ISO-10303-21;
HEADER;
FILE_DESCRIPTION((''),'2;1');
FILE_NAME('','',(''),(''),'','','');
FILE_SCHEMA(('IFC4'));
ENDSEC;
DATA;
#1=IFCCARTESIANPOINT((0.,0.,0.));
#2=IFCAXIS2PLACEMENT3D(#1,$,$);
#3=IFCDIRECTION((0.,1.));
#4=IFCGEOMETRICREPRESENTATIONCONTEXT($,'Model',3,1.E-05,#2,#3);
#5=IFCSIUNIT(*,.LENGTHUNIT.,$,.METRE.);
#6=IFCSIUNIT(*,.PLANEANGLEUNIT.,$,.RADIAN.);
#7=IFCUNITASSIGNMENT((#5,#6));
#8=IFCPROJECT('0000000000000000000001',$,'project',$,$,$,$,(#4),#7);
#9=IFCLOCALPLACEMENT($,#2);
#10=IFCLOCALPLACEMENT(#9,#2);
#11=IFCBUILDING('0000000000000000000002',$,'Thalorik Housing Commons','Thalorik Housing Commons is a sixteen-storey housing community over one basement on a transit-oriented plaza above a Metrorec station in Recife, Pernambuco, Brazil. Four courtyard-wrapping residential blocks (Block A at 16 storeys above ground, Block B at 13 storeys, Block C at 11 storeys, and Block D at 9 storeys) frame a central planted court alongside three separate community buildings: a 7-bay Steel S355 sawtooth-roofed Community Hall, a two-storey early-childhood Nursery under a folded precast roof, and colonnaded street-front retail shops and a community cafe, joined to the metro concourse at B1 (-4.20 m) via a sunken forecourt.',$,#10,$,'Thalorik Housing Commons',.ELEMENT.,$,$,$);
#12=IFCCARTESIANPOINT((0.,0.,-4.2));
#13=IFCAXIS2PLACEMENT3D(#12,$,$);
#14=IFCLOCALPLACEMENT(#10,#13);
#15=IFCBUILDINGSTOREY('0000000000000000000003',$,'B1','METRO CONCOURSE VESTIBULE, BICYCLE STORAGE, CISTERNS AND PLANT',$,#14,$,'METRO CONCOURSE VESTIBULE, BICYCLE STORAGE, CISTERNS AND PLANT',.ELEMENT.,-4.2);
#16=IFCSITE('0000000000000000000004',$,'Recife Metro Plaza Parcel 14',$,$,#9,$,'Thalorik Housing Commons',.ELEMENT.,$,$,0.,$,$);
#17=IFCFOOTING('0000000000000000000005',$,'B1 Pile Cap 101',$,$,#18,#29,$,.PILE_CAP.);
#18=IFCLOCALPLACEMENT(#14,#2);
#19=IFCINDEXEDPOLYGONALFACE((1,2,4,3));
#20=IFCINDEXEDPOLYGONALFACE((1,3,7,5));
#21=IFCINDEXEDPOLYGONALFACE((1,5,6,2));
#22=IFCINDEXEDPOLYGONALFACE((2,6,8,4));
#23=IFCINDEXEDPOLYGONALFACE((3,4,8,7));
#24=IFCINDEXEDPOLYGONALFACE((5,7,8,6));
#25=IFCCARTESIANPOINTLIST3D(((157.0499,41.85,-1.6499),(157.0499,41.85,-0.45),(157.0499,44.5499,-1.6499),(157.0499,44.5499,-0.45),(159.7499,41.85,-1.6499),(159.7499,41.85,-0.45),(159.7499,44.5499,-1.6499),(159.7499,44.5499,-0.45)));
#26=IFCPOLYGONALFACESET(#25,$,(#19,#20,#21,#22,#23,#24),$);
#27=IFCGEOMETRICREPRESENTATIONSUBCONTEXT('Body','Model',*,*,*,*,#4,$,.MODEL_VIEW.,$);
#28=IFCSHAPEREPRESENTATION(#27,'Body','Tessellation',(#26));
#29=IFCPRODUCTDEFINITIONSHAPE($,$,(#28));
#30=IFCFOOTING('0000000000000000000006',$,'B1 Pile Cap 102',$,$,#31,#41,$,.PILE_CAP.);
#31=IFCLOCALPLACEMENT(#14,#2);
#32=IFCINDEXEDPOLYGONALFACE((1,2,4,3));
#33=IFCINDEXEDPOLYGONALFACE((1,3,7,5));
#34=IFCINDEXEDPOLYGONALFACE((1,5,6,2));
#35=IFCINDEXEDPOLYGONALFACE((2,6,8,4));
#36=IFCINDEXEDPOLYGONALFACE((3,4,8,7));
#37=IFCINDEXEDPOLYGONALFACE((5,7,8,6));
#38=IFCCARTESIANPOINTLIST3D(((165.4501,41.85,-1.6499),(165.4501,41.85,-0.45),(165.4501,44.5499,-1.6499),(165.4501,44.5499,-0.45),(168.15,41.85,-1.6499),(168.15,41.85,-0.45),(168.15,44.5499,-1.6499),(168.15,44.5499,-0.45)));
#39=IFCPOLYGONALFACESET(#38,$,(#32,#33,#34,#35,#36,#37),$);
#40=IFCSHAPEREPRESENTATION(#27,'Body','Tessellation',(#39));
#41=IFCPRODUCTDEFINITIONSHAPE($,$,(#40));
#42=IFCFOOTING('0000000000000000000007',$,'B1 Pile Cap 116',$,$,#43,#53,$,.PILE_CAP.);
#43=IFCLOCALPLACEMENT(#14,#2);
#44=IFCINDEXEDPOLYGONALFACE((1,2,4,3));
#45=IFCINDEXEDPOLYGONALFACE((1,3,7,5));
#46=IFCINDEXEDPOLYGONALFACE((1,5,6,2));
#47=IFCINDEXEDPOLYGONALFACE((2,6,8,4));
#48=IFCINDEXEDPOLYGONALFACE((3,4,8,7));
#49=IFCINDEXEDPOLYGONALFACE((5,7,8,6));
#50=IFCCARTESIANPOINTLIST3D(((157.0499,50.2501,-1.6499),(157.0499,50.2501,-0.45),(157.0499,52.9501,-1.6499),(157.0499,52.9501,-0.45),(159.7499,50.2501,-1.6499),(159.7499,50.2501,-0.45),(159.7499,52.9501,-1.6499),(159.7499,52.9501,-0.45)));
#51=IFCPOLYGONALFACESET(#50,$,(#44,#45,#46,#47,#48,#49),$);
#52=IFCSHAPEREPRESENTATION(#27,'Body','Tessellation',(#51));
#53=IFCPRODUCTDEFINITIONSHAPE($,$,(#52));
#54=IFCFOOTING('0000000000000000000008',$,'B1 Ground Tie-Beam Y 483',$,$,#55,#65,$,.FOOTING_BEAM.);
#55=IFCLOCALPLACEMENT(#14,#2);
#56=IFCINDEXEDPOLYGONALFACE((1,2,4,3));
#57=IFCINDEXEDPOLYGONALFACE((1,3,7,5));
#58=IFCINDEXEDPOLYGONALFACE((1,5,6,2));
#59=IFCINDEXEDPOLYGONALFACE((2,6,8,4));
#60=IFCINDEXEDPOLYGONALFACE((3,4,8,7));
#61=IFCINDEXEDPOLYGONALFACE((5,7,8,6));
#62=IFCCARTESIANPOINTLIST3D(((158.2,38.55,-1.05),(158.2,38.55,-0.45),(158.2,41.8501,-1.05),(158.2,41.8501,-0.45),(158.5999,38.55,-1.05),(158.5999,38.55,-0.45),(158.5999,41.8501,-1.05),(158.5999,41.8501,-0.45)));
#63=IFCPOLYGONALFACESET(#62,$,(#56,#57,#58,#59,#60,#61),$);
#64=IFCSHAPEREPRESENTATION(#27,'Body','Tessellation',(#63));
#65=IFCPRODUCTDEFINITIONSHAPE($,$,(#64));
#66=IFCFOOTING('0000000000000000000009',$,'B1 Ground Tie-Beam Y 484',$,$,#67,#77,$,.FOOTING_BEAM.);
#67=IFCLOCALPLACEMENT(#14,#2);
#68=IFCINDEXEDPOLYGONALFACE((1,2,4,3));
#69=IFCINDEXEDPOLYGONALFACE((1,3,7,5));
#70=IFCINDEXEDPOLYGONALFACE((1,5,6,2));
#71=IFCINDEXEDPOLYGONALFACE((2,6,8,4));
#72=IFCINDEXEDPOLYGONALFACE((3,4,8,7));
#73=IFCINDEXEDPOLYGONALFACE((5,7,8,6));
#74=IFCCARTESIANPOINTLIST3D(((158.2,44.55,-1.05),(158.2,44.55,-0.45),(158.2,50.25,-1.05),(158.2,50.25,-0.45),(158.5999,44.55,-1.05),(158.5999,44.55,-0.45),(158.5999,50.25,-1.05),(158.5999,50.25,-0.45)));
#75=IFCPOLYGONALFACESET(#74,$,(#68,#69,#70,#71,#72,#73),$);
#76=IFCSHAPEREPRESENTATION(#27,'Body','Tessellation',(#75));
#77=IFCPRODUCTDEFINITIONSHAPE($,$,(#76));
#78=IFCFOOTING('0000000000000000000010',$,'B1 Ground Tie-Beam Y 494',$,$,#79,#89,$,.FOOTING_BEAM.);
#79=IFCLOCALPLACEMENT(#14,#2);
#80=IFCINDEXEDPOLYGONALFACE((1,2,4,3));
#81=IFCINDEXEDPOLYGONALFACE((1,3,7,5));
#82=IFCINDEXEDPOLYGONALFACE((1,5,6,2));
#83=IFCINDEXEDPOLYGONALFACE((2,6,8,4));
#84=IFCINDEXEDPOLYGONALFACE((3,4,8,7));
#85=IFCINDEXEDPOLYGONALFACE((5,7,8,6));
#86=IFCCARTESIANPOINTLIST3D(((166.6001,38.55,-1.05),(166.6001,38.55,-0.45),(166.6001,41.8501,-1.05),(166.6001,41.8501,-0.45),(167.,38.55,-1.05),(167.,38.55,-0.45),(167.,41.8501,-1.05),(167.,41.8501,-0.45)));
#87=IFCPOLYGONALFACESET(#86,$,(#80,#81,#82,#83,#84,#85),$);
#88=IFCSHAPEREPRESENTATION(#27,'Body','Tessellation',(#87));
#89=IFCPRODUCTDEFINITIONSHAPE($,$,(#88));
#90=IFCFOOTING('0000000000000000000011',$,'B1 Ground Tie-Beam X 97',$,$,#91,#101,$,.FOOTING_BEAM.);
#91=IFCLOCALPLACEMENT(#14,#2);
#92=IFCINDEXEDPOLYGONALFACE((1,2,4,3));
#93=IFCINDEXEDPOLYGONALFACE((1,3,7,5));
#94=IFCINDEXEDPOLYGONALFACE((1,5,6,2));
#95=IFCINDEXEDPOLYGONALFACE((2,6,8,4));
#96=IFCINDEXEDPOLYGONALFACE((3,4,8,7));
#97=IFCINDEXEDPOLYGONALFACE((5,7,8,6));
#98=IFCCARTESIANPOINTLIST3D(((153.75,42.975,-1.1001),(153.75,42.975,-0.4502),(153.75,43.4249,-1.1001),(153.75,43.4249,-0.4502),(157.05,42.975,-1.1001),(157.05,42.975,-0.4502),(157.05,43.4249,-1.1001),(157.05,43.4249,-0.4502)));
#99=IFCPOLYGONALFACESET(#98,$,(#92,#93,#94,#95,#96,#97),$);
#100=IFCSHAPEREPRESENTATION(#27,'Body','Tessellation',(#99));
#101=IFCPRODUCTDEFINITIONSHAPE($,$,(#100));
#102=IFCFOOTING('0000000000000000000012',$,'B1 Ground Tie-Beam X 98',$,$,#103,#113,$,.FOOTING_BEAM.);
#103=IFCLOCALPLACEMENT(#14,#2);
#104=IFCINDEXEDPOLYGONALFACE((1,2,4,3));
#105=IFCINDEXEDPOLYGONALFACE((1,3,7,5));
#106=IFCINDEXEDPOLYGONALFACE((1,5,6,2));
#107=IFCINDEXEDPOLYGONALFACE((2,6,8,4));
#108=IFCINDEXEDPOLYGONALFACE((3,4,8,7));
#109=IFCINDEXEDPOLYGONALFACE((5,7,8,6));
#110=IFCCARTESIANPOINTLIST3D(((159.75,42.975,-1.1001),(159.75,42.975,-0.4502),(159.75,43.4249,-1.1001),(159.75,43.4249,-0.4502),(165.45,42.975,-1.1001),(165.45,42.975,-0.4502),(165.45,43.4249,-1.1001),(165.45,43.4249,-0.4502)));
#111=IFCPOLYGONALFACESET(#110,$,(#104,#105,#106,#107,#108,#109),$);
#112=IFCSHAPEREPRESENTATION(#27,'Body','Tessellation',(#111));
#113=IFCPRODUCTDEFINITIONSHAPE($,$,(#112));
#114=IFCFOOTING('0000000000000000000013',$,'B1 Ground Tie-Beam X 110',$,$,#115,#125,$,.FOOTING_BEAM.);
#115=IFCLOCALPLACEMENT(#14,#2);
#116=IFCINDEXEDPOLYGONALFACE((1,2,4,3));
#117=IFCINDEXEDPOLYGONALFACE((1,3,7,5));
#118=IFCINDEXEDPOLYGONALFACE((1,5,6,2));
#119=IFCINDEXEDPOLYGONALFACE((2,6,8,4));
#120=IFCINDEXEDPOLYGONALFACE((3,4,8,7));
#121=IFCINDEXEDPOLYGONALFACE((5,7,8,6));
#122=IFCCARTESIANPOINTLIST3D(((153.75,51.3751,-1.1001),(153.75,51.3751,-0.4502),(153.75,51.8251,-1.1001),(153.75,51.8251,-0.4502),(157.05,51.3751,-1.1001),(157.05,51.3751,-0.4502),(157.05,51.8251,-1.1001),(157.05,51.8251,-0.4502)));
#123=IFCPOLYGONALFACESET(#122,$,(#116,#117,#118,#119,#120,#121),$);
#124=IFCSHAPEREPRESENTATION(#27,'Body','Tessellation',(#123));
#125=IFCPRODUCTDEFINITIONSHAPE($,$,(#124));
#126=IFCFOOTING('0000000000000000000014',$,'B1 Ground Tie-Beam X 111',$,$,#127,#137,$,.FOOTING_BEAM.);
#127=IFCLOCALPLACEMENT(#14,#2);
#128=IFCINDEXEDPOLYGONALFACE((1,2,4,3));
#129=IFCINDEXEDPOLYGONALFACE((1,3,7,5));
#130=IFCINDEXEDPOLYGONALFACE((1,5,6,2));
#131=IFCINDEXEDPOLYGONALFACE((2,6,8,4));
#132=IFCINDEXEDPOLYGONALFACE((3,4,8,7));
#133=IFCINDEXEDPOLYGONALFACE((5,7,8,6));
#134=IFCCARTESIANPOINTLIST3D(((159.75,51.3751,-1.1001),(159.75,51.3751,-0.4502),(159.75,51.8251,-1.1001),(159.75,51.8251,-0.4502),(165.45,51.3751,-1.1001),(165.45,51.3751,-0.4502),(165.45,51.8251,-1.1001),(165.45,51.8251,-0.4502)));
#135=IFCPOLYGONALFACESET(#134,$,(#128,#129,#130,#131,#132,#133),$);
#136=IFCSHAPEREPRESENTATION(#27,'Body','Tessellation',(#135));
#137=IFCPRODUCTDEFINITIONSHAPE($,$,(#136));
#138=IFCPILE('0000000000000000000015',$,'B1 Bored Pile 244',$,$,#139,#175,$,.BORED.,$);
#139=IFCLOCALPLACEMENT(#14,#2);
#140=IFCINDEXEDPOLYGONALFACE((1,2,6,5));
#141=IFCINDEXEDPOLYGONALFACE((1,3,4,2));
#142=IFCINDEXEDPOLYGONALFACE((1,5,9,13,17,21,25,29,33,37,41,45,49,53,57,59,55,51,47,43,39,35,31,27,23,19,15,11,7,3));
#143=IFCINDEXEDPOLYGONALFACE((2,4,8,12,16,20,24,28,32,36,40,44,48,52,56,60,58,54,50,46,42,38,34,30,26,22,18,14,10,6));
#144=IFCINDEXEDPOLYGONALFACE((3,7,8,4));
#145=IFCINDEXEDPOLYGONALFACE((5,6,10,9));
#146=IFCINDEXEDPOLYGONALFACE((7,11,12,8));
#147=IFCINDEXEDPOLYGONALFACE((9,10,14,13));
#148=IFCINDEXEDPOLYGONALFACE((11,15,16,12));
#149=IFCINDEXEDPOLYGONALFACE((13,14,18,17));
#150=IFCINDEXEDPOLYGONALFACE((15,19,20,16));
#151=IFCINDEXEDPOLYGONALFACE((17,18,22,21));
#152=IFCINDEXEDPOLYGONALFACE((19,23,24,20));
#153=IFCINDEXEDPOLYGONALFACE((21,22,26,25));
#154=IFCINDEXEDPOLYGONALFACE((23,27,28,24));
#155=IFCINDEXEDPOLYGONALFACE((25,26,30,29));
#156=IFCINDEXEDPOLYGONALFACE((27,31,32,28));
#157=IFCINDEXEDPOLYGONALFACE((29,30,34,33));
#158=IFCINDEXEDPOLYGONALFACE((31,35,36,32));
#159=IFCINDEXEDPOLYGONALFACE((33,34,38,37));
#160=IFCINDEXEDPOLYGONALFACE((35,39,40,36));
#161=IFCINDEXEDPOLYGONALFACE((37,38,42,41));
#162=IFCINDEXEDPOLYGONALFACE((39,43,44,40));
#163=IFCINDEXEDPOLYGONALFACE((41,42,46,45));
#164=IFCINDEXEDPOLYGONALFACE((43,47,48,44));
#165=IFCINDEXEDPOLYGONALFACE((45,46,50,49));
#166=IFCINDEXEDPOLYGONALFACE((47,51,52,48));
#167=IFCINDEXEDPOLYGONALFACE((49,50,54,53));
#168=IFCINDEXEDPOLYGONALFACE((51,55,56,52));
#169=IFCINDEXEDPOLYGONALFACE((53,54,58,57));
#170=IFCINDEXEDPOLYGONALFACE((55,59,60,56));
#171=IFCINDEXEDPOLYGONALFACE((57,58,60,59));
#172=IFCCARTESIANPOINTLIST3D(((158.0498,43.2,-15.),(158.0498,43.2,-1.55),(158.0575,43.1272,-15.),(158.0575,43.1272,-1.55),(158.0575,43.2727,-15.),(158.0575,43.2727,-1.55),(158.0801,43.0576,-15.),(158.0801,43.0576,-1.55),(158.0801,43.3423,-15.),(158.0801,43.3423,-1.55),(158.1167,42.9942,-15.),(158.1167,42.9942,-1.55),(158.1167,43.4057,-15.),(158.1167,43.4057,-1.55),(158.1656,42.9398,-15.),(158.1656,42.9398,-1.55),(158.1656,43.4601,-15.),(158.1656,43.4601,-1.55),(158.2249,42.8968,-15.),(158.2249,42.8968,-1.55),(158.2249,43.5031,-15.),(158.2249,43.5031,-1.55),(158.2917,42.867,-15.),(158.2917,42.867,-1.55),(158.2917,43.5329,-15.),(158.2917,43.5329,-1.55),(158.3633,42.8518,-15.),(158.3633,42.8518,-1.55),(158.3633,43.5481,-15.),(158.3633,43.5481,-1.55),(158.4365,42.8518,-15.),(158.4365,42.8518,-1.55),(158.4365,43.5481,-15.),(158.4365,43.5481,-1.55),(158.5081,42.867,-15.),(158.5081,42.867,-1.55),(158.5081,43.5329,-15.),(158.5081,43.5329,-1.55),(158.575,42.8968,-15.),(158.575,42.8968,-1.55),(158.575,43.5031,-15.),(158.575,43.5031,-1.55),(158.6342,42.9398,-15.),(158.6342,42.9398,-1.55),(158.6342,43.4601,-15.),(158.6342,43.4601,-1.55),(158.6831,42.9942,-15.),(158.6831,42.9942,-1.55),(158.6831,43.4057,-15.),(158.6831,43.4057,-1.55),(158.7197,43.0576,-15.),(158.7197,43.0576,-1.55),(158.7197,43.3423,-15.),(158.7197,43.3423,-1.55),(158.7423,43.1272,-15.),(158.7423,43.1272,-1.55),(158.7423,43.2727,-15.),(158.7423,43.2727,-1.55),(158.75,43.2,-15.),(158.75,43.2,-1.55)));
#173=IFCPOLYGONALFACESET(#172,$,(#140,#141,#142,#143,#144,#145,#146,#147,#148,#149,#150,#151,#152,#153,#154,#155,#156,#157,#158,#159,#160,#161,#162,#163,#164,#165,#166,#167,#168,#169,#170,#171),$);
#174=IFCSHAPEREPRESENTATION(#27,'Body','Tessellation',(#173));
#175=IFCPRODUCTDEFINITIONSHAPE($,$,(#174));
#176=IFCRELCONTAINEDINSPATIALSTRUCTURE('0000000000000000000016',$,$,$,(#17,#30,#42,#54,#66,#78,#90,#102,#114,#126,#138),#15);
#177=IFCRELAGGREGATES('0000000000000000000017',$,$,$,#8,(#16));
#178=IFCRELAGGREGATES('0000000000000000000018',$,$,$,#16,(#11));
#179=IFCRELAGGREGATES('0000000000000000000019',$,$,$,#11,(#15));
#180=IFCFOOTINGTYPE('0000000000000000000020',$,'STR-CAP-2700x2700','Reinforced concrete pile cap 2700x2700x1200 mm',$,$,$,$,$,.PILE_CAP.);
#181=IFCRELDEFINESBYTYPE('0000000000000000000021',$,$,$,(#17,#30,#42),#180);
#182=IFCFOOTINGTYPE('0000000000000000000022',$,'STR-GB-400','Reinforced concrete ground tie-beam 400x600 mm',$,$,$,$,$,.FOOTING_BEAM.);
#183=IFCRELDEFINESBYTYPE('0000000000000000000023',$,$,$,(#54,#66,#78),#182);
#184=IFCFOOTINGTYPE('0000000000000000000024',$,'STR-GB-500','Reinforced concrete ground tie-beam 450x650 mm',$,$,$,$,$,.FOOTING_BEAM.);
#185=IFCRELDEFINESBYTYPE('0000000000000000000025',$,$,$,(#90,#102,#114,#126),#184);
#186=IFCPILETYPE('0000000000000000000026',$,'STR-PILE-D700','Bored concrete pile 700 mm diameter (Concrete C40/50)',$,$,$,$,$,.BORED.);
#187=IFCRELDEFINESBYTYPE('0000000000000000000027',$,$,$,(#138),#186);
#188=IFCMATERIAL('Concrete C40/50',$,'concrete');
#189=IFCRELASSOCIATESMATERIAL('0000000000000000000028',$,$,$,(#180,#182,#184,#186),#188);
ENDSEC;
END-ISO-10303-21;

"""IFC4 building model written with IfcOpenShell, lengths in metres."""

from ifc_helpers import new_model, si_unit, direction, frame, origin, origin_2d, place, context, subcontext, project, spatial, rectangle, circle, extrude, material, material_profile, profile_set, type_object, element, save


model = new_model("IFC4")

# Units and contexts
model_context = context("Model", 3, precision=1e-05, world=origin(), true_north=direction((0.0, 1.0)))
body_context = subcontext(model_context, "Body", "Model", "MODEL_VIEW")
ifc_project = project(units=[si_unit("LENGTHUNIT", "METRE"), si_unit("PLANEANGLEUNIT", "RADIAN")], contexts=[model_context])

# Site, building, storey
site_placement = place(None, origin())
site = spatial("IfcSite", under=ifc_project, at=site_placement, Name="Recife Metro Plaza Parcel 14", LongName="Thalorik Housing Commons", CompositionType="ELEMENT", RefElevation=0.0)
building_placement = place(site_placement, origin())
building = spatial("IfcBuilding", under=site, at=building_placement, Name="Thalorik Housing Commons", Description="Thalorik Housing Commons is a sixteen-storey housing community over one basement on a transit-oriented plaza above a Metrorec station in Recife, Pernambuco, Brazil. Four courtyard-wrapping residential blocks (Block A at 16 storeys above ground, Block B at 13 storeys, Block C at 11 storeys, and Block D at 9 storeys) frame a central planted court alongside three separate community buildings: a 7-bay Steel S355 sawtooth-roofed Community Hall, a two-storey early-childhood Nursery under a folded precast roof, and colonnaded street-front retail shops and a community cafe, joined to the metro concourse at B1 (-4.20 m) via a sunken forecourt.", LongName="Thalorik Housing Commons", CompositionType="ELEMENT")
storey_placement = place(building_placement, frame((0.0, 0.0, -4.2)))
storey = spatial("IfcBuildingStorey", under=building, at=storey_placement, Name="B1", Description="METRO CONCOURSE VESTIBULE, BICYCLE STORAGE, CISTERNS AND PLANT", LongName="METRO CONCOURSE VESTIBULE, BICYCLE STORAGE, CISTERNS AND PLANT", CompositionType="ELEMENT", Elevation=-4.2)

# Footings
ifc_material_1 = material(Name="Concrete C40/50", Category="concrete")
footing_type_1 = type_object("IfcFootingType", Name="STR-CAP-2700x2700", Description="Reinforced concrete pile cap 2700x2700x1200 mm", PredefinedType="PILE_CAP", material=ifc_material_1)
for number, where, z_axis, x_axis, name in (
    (1, (158.3999, 43.2, -1.6499), (0.0, 0.0, 1.0), (1.0, 0.0, 0.0), "B1 Pile Cap 101"),
    (2, (166.8, 43.2, -1.6499), (0.0, 0.0, 1.0), (1.0, 0.0, 0.0), "B1 Pile Cap 102"),
    (3, (158.3999, 51.6001, -1.6499), (0.0, 0.0, 1.0), (1.0, 0.0, 0.0), "B1 Pile Cap 116"),
):
    element("IfcFooting", number, at=place(storey_placement, frame(where, z_axis=z_axis, x_axis=x_axis)), inside=storey, type_object=footing_type_1, Name=name, PredefinedType="PILE_CAP", context=body_context, shape_type="SweptSolid", body=[
        extrude(rectangle(XDim=2.7, YDim=2.7, at=origin_2d()), origin(), (0.0, 0.0, 1.0), 1.2),
    ])
ifc_material_profile_1 = material_profile(ifc_material_1, rectangle(XDim=0.3999, YDim=0.6001, at=origin_2d()), Name="RC 400x600", Category="concrete")
ifc_profile_set_1 = profile_set([ifc_material_profile_1], Name="Concrete C40/50")
footing_type_2 = type_object("IfcFootingType", Name="STR-GB-400", Description="Reinforced concrete ground tie-beam 400x600 mm", PredefinedType="FOOTING_BEAM", material=ifc_profile_set_1)
footing_1_placement = place(storey_placement, frame((158.3999, 38.55, -0.75), z_axis=(0.0, 1.0, 0.0), x_axis=(-1.0, 0.0, 0.0)))
element("IfcFooting", 4, at=footing_1_placement, inside=storey, type_object=footing_type_2, Name="B1 Ground Tie-Beam Y 483", PredefinedType="FOOTING_BEAM", context=body_context, shape_type="SweptSolid", body=[
    extrude(rectangle(XDim=0.3999, YDim=0.6001, at=origin_2d()), origin(), (0.0, 0.0, 1.0), 3.3),
])
footing_2_placement = place(storey_placement, frame((158.3999, 44.55, -0.75), z_axis=(0.0, 1.0, 0.0), x_axis=(-1.0, 0.0, 0.0)))
element("IfcFooting", 5, at=footing_2_placement, inside=storey, type_object=footing_type_2, Name="B1 Ground Tie-Beam Y 484", PredefinedType="FOOTING_BEAM", context=body_context, shape_type="SweptSolid", body=[
    extrude(rectangle(XDim=0.3999, YDim=0.6001, at=origin_2d()), origin(), (0.0, 0.0, 1.0), 5.7),
])
footing_3_placement = place(storey_placement, frame((166.8, 38.55, -0.75), z_axis=(0.0, 1.0, 0.0), x_axis=(-1.0, 0.0, 0.0)))
element("IfcFooting", 6, at=footing_3_placement, inside=storey, type_object=footing_type_2, Name="B1 Ground Tie-Beam Y 494", PredefinedType="FOOTING_BEAM", context=body_context, shape_type="SweptSolid", body=[
    extrude(rectangle(XDim=0.3999, YDim=0.6001, at=origin_2d()), origin(), (0.0, 0.0, 1.0), 3.3),
])
ifc_material_profile_2 = material_profile(ifc_material_1, rectangle(XDim=0.45, YDim=0.6499, at=origin_2d()), Name="RC 450x650", Category="concrete")
ifc_profile_set_2 = profile_set([ifc_material_profile_2], Name="Concrete C40/50")
footing_type_3 = type_object("IfcFootingType", Name="STR-GB-500", Description="Reinforced concrete ground tie-beam 450x650 mm", PredefinedType="FOOTING_BEAM", material=ifc_profile_set_2)
footing_4_placement = place(storey_placement, frame((153.75, 43.2, -0.7751), z_axis=(1.0, 0.0, 0.0), x_axis=(0.0, 1.0, 0.0)))
element("IfcFooting", 7, at=footing_4_placement, inside=storey, type_object=footing_type_3, Name="B1 Ground Tie-Beam X 97", PredefinedType="FOOTING_BEAM", context=body_context, shape_type="SweptSolid", body=[
    extrude(rectangle(XDim=0.45, YDim=0.6499, at=origin_2d()), origin(), (0.0, 0.0, 1.0), 3.3),
])
footing_5_placement = place(storey_placement, frame((159.75, 43.2, -0.7751), z_axis=(1.0, 0.0, 0.0), x_axis=(0.0, 1.0, 0.0)))
element("IfcFooting", 8, at=footing_5_placement, inside=storey, type_object=footing_type_3, Name="B1 Ground Tie-Beam X 98", PredefinedType="FOOTING_BEAM", context=body_context, shape_type="SweptSolid", body=[
    extrude(rectangle(XDim=0.45, YDim=0.6499, at=origin_2d()), origin(), (0.0, 0.0, 1.0), 5.7),
])
footing_6_placement = place(storey_placement, frame((153.75, 51.6001, -0.7751), z_axis=(1.0, 0.0, 0.0), x_axis=(0.0, 1.0, 0.0)))
element("IfcFooting", 9, at=footing_6_placement, inside=storey, type_object=footing_type_3, Name="B1 Ground Tie-Beam X 110", PredefinedType="FOOTING_BEAM", context=body_context, shape_type="SweptSolid", body=[
    extrude(rectangle(XDim=0.45, YDim=0.6499, at=origin_2d()), origin(), (0.0, 0.0, 1.0), 3.3),
])
footing_7_placement = place(storey_placement, frame((159.75, 51.6001, -0.7751), z_axis=(1.0, 0.0, 0.0), x_axis=(0.0, 1.0, 0.0)))
element("IfcFooting", 10, at=footing_7_placement, inside=storey, type_object=footing_type_3, Name="B1 Ground Tie-Beam X 111", PredefinedType="FOOTING_BEAM", context=body_context, shape_type="SweptSolid", body=[
    extrude(rectangle(XDim=0.45, YDim=0.6499, at=origin_2d()), origin(), (0.0, 0.0, 1.0), 5.7),
])

# Pile
ifc_material_profile_3 = material_profile(ifc_material_1, circle(Radius=0.3501, at=origin_2d()), Name="BORED PILE D700", Category="concrete")
ifc_profile_set_3 = profile_set([ifc_material_profile_3], Name="Concrete C40/50")
pile_type = type_object("IfcPileType", Name="STR-PILE-D700", Description="Bored concrete pile 700 mm diameter (Concrete C40/50)", PredefinedType="BORED", material=ifc_profile_set_3)
for number, where, z_axis, x_axis, name in (
    (11, (158.3999, 43.2, -1.55), (0.0, 0.0, -1.0), (1.0, 0.0, 0.0), "B1 Bored Pile 244"),
):
    element("IfcPile", number, at=place(storey_placement, frame(where, z_axis=z_axis, x_axis=x_axis)), inside=storey, type_object=pile_type, Name=name, PredefinedType="BORED", context=body_context, shape_type="SweptSolid", body=[
        extrude(circle(Radius=0.3501, at=origin_2d()), origin(), (0.0, 0.0, 1.0), 13.45),
    ])

save(model, "model.ifc")
